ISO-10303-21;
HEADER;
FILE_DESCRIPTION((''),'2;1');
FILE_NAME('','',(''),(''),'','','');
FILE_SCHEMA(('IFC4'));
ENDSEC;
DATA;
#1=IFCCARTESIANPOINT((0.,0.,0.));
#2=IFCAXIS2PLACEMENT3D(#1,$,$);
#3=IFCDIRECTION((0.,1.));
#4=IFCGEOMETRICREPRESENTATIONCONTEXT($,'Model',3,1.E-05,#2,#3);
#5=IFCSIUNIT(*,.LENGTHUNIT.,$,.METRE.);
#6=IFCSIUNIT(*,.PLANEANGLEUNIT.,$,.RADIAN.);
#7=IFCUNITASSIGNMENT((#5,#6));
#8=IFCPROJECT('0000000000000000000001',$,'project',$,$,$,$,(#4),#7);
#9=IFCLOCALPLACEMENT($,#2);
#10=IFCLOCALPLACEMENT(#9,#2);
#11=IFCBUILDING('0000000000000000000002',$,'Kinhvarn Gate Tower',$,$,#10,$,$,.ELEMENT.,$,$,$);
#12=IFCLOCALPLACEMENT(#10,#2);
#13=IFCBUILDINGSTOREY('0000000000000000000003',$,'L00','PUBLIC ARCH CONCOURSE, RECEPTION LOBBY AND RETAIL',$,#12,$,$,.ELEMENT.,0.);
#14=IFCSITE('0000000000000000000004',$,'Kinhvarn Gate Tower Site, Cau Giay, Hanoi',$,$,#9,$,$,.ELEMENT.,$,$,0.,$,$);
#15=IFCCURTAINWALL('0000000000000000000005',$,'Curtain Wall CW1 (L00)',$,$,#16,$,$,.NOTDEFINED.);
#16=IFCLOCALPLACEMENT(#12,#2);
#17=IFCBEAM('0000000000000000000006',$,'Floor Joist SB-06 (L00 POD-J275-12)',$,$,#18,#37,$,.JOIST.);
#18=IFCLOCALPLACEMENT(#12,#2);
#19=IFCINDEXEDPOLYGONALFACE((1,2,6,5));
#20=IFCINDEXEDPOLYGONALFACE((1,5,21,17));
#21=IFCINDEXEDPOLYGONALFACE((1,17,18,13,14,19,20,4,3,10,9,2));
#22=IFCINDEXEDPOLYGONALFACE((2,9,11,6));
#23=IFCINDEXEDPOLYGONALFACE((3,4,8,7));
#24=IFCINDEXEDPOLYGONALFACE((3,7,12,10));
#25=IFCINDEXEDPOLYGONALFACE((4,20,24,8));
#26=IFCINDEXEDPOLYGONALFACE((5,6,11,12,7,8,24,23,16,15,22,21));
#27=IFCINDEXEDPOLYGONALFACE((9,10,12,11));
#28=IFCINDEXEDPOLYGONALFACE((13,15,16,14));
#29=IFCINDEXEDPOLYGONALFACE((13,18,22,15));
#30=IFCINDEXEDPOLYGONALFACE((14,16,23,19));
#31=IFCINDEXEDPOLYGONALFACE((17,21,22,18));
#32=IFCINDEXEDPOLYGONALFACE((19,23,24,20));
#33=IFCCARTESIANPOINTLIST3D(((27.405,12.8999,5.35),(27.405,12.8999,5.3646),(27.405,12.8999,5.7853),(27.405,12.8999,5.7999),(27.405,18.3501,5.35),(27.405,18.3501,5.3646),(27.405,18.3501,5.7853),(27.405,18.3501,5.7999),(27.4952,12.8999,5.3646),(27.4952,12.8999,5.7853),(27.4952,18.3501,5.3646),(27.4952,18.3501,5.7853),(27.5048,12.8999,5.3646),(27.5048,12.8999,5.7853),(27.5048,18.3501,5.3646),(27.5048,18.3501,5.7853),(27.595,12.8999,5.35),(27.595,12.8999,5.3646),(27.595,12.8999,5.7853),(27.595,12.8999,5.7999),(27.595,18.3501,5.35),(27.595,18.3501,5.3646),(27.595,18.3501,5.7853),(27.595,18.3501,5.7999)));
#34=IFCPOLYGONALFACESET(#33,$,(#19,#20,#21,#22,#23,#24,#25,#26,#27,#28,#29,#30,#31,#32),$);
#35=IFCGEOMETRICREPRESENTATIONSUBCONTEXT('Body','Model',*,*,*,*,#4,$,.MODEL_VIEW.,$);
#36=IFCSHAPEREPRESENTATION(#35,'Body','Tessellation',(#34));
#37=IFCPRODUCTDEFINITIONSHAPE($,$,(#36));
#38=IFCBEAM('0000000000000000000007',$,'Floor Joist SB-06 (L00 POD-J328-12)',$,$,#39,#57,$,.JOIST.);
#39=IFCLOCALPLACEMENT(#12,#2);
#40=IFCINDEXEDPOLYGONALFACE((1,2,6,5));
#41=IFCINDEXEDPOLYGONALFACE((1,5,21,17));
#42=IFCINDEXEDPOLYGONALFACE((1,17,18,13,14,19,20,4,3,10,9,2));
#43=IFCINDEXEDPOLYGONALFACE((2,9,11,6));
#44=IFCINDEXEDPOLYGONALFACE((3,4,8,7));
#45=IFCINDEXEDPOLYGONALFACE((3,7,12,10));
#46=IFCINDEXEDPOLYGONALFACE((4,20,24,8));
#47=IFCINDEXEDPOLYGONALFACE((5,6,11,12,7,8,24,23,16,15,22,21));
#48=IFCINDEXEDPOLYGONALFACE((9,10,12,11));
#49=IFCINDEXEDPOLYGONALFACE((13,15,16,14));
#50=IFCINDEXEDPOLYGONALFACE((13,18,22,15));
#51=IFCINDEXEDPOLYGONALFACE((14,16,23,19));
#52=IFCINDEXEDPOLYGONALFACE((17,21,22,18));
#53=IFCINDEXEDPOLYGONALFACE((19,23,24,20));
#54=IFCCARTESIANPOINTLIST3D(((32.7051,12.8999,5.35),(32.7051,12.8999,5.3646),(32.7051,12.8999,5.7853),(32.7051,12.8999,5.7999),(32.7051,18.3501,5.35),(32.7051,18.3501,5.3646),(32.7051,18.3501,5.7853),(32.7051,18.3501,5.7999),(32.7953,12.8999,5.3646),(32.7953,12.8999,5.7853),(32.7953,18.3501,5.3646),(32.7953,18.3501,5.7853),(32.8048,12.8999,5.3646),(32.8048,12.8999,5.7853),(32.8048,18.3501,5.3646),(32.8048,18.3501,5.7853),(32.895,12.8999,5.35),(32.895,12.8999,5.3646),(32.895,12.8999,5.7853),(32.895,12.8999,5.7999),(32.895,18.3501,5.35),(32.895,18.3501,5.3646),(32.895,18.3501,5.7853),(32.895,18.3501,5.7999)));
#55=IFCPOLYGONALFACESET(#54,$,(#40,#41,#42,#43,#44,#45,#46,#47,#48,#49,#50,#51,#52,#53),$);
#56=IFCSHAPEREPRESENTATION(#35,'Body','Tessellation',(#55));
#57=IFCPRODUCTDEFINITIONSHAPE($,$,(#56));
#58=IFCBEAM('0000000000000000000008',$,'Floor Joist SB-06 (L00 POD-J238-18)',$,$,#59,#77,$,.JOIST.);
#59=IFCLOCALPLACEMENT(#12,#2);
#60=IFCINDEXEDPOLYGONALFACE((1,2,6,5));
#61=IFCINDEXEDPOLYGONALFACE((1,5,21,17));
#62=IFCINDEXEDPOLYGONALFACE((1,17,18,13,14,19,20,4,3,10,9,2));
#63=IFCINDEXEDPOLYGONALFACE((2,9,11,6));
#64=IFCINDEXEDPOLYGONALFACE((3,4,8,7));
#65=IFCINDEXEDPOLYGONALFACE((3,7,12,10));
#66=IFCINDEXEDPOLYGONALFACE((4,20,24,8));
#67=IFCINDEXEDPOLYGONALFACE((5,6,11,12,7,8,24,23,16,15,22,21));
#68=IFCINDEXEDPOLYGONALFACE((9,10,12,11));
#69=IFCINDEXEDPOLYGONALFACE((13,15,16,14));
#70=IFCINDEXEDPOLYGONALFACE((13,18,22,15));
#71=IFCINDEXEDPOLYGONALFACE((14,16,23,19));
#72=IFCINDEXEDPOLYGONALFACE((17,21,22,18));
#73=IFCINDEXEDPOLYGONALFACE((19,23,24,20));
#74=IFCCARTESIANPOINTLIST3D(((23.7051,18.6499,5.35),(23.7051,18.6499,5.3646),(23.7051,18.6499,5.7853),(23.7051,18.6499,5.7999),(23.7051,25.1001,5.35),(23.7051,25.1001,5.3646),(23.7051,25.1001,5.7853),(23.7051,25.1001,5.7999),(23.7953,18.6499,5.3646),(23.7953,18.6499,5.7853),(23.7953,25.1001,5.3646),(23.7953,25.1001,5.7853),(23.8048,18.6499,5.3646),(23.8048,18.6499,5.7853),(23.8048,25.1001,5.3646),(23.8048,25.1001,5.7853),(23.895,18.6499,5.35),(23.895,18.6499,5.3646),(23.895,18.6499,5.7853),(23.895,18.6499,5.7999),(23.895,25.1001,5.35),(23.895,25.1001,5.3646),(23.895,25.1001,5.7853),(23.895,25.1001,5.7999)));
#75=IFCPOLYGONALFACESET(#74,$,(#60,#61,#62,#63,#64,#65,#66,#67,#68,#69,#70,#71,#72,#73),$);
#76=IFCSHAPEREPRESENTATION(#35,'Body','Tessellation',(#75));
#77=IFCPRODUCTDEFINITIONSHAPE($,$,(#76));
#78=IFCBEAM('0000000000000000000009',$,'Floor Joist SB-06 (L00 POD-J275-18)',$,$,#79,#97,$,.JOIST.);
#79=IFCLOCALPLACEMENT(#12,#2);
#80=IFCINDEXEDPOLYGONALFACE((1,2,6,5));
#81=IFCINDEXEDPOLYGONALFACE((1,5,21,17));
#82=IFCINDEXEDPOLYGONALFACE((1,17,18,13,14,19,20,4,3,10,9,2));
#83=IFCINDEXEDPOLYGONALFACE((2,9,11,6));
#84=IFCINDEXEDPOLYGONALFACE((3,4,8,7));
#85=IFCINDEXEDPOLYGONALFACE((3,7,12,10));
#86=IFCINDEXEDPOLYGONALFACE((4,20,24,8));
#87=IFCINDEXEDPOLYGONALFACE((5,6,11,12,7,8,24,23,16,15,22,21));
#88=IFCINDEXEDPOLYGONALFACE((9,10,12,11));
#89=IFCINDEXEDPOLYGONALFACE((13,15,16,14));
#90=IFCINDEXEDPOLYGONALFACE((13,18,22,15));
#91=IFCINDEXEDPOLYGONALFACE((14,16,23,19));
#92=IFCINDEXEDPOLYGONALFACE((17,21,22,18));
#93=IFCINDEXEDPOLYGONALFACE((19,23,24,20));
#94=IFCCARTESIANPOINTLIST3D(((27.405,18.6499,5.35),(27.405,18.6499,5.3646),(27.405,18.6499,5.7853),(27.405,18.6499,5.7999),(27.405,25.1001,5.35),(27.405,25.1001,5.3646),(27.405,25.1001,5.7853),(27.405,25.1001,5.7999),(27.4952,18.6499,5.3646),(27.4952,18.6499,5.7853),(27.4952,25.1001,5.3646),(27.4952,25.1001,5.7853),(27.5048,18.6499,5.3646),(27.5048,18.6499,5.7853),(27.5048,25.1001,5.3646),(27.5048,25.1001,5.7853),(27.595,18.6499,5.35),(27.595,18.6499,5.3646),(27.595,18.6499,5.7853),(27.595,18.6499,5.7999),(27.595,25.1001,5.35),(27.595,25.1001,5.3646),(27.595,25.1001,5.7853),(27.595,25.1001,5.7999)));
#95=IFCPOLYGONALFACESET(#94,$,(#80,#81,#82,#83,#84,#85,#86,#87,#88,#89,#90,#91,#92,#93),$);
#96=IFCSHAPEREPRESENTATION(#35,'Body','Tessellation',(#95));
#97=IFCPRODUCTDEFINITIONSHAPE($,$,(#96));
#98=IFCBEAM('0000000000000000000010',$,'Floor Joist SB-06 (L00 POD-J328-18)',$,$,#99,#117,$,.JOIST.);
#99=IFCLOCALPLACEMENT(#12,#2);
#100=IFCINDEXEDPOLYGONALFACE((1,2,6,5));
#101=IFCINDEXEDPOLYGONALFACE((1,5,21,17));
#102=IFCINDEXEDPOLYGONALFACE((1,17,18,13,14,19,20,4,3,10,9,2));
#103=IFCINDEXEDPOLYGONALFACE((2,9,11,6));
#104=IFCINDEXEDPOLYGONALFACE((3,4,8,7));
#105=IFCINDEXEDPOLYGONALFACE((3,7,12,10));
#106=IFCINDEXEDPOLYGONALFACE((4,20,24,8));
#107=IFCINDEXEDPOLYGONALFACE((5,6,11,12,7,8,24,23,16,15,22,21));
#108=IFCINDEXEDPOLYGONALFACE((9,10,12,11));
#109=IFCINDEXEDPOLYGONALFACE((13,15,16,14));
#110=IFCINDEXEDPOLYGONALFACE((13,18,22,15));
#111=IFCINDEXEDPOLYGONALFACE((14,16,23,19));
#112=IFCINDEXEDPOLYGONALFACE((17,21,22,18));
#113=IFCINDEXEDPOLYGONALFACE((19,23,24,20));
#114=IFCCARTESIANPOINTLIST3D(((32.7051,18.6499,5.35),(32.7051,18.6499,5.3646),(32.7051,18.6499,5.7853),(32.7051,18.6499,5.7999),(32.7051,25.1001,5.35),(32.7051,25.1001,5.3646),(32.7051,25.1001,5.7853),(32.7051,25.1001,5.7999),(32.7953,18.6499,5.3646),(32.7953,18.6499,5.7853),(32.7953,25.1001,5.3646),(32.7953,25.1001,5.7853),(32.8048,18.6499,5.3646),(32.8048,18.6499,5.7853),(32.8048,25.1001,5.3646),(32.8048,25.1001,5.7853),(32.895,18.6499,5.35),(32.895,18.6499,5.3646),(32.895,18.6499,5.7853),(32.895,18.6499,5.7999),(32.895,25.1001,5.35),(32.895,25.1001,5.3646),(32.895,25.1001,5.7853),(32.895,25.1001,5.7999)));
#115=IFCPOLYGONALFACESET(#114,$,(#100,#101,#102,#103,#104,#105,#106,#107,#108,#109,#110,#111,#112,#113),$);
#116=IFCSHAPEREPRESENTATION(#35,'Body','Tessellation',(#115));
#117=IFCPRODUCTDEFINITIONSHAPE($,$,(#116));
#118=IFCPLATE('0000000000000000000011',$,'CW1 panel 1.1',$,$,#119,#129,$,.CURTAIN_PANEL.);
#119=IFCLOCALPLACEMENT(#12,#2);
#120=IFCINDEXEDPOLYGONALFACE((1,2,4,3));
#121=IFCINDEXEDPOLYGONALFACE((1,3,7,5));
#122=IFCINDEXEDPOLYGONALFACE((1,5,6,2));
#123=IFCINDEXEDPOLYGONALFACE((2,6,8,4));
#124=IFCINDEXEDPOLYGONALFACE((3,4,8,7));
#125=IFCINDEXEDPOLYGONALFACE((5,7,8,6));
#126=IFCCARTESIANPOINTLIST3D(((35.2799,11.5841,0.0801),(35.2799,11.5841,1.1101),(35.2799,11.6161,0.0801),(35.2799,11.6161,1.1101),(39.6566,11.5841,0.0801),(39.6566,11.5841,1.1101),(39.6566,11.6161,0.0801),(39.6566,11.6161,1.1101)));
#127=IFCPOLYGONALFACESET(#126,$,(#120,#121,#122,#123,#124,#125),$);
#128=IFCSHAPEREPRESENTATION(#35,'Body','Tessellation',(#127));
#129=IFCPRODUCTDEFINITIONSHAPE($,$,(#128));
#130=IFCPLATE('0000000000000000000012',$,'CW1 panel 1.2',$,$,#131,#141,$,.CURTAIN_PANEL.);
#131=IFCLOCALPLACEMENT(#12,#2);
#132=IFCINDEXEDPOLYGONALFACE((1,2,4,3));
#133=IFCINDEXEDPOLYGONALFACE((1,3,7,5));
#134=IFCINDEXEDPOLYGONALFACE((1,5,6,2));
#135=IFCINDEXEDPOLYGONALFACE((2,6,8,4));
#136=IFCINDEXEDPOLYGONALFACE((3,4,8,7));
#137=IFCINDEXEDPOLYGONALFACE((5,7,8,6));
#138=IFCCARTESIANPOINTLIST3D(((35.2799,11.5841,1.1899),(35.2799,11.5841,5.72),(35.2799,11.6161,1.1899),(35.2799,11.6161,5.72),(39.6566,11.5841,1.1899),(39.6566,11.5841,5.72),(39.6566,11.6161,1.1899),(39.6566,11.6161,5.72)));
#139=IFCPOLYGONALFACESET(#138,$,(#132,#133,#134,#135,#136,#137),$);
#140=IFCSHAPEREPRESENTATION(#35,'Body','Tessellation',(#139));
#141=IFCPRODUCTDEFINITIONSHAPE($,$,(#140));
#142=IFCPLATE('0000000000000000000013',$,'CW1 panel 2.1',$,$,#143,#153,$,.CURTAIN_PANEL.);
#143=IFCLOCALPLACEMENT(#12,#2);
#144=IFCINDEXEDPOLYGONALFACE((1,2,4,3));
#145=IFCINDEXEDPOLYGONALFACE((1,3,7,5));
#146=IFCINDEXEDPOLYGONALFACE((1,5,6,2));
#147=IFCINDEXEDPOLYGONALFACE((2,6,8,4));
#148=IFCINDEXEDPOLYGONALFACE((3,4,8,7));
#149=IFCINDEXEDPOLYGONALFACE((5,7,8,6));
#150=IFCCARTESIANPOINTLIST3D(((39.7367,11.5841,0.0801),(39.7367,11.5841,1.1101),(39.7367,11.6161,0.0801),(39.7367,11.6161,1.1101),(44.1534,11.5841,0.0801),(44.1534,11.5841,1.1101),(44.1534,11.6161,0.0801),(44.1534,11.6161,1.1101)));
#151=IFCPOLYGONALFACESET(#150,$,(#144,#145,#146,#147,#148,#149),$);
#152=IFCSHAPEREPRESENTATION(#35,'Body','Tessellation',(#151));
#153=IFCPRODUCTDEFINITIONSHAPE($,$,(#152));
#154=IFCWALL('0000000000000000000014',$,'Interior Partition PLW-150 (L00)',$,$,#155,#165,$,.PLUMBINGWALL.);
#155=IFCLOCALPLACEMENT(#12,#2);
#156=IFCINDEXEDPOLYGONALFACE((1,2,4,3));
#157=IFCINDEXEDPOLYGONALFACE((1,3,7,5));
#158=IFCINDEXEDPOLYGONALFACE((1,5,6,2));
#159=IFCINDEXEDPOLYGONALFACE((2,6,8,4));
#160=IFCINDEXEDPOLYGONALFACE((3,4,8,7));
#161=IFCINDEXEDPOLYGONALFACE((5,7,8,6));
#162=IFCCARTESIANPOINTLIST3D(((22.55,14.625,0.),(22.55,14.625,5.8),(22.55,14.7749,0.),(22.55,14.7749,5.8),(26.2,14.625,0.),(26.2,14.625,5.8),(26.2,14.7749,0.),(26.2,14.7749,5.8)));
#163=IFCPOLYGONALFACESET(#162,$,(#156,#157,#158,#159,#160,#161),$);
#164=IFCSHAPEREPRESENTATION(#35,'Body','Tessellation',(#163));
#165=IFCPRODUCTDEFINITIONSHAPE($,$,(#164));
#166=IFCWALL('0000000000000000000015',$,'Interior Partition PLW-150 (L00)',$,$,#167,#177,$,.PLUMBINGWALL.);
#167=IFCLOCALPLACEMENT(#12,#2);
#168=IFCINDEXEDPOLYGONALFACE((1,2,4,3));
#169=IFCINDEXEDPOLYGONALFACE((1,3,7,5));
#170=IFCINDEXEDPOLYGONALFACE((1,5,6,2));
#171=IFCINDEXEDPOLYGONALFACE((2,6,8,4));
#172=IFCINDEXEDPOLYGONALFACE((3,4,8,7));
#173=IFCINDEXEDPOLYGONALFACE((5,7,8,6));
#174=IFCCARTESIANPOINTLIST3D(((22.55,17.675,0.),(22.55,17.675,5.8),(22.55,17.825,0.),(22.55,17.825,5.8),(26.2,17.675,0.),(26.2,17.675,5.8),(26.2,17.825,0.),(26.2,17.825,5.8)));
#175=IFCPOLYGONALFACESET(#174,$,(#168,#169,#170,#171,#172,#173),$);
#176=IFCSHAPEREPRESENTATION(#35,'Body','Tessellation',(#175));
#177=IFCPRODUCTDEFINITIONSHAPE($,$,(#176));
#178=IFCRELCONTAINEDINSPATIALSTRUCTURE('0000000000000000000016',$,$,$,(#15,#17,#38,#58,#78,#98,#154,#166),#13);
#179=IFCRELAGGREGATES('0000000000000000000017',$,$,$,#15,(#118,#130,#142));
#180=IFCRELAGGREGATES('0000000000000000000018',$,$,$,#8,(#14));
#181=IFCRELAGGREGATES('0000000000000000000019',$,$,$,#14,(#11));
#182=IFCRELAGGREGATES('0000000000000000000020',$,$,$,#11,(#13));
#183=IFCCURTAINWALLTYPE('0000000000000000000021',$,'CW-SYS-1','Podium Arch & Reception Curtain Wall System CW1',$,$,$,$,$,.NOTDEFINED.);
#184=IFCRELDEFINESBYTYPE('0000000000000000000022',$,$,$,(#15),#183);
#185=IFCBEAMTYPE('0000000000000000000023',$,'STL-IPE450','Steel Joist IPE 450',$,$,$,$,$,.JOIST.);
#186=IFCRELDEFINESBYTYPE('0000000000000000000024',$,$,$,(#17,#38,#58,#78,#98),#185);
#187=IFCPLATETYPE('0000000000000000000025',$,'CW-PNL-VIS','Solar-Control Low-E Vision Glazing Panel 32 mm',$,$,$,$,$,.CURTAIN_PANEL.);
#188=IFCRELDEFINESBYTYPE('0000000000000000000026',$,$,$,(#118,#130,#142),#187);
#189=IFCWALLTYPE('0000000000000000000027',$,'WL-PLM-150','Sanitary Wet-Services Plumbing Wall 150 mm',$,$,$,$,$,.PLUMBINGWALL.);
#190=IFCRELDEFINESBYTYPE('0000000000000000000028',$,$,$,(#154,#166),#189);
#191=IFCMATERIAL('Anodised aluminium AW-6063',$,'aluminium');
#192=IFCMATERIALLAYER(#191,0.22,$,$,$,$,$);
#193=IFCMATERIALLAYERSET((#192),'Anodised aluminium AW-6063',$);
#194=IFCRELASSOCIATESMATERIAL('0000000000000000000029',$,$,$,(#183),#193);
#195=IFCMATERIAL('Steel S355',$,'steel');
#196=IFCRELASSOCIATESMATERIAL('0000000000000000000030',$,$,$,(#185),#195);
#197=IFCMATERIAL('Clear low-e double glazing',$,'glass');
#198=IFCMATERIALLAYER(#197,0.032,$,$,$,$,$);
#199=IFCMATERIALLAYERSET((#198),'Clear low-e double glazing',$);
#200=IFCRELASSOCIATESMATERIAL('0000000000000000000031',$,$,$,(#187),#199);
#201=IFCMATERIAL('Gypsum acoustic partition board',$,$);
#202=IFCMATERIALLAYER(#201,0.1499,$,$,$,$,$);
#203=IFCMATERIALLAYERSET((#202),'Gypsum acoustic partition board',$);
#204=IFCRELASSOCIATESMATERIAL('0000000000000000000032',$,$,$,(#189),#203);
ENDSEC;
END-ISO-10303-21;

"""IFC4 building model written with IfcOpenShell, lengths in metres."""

from ifc_helpers import new_model, si_unit, direction, frame, frame_2d, origin, origin_2d, place, context, subcontext, project, spatial, rectangle, i_section, extrude, material, layer, layer_set, material_profile, profile_set, type_object, element, aggregate, save


model = new_model("IFC4")

# Units and contexts
model_context = context("Model", 3, precision=1e-05, world=origin(), true_north=direction((0.0, 1.0)))
body_context = subcontext(model_context, "Body", "Model", "MODEL_VIEW")
ifc_project = project(units=[si_unit("LENGTHUNIT", "METRE"), si_unit("PLANEANGLEUNIT", "RADIAN")], contexts=[model_context])

# Site, building, storey
site_placement = place(None, origin())
site = spatial("IfcSite", under=ifc_project, at=site_placement, Name="Kinhvarn Gate Tower Site, Cau Giay, Hanoi", CompositionType="ELEMENT", RefElevation=0.0)
building_placement = place(site_placement, origin())
building = spatial("IfcBuilding", under=site, at=building_placement, Name="Kinhvarn Gate Tower", CompositionType="ELEMENT")
storey_placement = place(building_placement, origin())
storey = spatial("IfcBuildingStorey", under=building, at=storey_placement, Name="L00", Description="PUBLIC ARCH CONCOURSE, RECEPTION LOBBY AND RETAIL", CompositionType="ELEMENT", Elevation=0.0)

# Curtain wall
ifc_material_1 = material(Name="Anodised aluminium AW-6063", Category="aluminium")
ifc_layer_1 = layer(ifc_material_1, 0.22)
ifc_layer_set_1 = layer_set([ifc_layer_1], Name="Anodised aluminium AW-6063")
curtain_wall_type = type_object("IfcCurtainWallType", Name="CW-SYS-1", Description="Podium Arch & Reception Curtain Wall System CW1", PredefinedType="NOTDEFINED", material=ifc_layer_set_1)
curtain_wall_placement = place(storey_placement, origin())
curtain_wall = element("IfcCurtainWall", 1, at=curtain_wall_placement, inside=storey, type_object=curtain_wall_type, Name="Curtain Wall CW1 (L00)", PredefinedType="NOTDEFINED")

# Beams
ifc_material_2 = material(Name="Steel S355", Category="steel")
ifc_material_profile_1 = material_profile(ifc_material_2, i_section(OverallWidth=0.1899, OverallDepth=0.45, WebThickness=0.0095, FlangeThickness=0.0146, at=origin_2d()), Name="IPE 450")
ifc_profile_set_1 = profile_set([ifc_material_profile_1], Name="Steel S355")
beam_type_1 = type_object("IfcBeamType", Name="STL-IPE450", Description="Steel Joist IPE 450", PredefinedType="JOIST", material=ifc_profile_set_1)
for number, where, z_axis, x_axis, name in (
    (2, (27.5, 12.8999, 5.575), (0.0, 1.0, 0.0), (-1.0, 0.0, 0.0), "Floor Joist SB-06 (L00 POD-J275-12)"),
    (3, (32.8, 12.8999, 5.575), (0.0, 1.0, 0.0), (-1.0, 0.0, 0.0), "Floor Joist SB-06 (L00 POD-J328-12)"),
):
    element("IfcBeam", number, at=place(storey_placement, frame(where, z_axis=z_axis, x_axis=x_axis)), inside=storey, type_object=beam_type_1, Name=name, PredefinedType="JOIST", context=body_context, shape_type="SweptSolid", body=[
        extrude(i_section(OverallWidth=0.1899, OverallDepth=0.45, WebThickness=0.0095, FlangeThickness=0.0146, at=origin_2d()), origin(), (0.0, 0.0, 1.0), 5.4502),
    ])
for number, where, z_axis, x_axis, name in (
    (4, (23.8, 18.6499, 5.575), (0.0, 1.0, 0.0), (-1.0, 0.0, 0.0), "Floor Joist SB-06 (L00 POD-J238-18)"),
    (5, (27.5, 18.6499, 5.575), (0.0, 1.0, 0.0), (-1.0, 0.0, 0.0), "Floor Joist SB-06 (L00 POD-J275-18)"),
    (6, (32.8, 18.6499, 5.575), (0.0, 1.0, 0.0), (-1.0, 0.0, 0.0), "Floor Joist SB-06 (L00 POD-J328-18)"),
):
    element("IfcBeam", number, at=place(storey_placement, frame(where, z_axis=z_axis, x_axis=x_axis)), inside=storey, type_object=beam_type_1, Name=name, PredefinedType="JOIST", context=body_context, shape_type="SweptSolid", body=[
        extrude(i_section(OverallWidth=0.1899, OverallDepth=0.45, WebThickness=0.0095, FlangeThickness=0.0146, at=origin_2d()), origin(), (0.0, 0.0, 1.0), 6.4502),
    ])

# Plates
ifc_material_3 = material(Name="Clear low-e double glazing", Category="glass")
ifc_layer_2 = layer(ifc_material_3, 0.032)
ifc_layer_set_2 = layer_set([ifc_layer_2], Name="Clear low-e double glazing")
plate_type = type_object("IfcPlateType", Name="CW-PNL-VIS", Description="Solar-Control Low-E Vision Glazing Panel 32 mm", PredefinedType="CURTAIN_PANEL", material=ifc_layer_set_2)
plate_1_placement = place(storey_placement, frame((37.4683, 11.6001, 0.0801), z_axis=(0.0, 0.0, 1.0), x_axis=(1.0, 0.0, 0.0)))
plate_1 = element("IfcPlate", 7, at=plate_1_placement, type_object=plate_type, Name="CW1 panel 1.1", PredefinedType="CURTAIN_PANEL", context=body_context, shape_type="SweptSolid", body=[
    extrude(rectangle(XDim=4.3767, YDim=0.032, at=origin_2d()), origin(), (0.0, 0.0, 1.0), 1.03),
])
plate_2_placement = place(storey_placement, frame((37.4683, 11.6001, 1.1899), z_axis=(0.0, 0.0, 1.0), x_axis=(1.0, 0.0, 0.0)))
plate_2 = element("IfcPlate", 8, at=plate_2_placement, type_object=plate_type, Name="CW1 panel 1.2", PredefinedType="CURTAIN_PANEL", context=body_context, shape_type="SweptSolid", body=[
    extrude(rectangle(XDim=4.3767, YDim=0.032, at=origin_2d()), origin(), (0.0, 0.0, 1.0), 4.53),
])
plate_3_placement = place(storey_placement, frame((41.9451, 11.6001, 0.0801), z_axis=(0.0, 0.0, 1.0), x_axis=(1.0, 0.0, 0.0)))
plate_3 = element("IfcPlate", 9, at=plate_3_placement, type_object=plate_type, Name="CW1 panel 2.1", PredefinedType="CURTAIN_PANEL", context=body_context, shape_type="SweptSolid", body=[
    extrude(rectangle(XDim=4.4167, YDim=0.032, at=origin_2d()), origin(), (0.0, 0.0, 1.0), 1.03),
])
aggregate(curtain_wall, [plate_1, plate_2, plate_3])

# Walls
ifc_material_4 = material(Name="Gypsum acoustic partition board")
ifc_layer_3 = layer(ifc_material_4, 0.1499)
ifc_layer_set_3 = layer_set([ifc_layer_3], Name="Gypsum acoustic partition board")
wall_type_1 = type_object("IfcWallType", Name="WL-PLM-150", Description="Sanitary Wet-Services Plumbing Wall 150 mm", PredefinedType="PLUMBINGWALL", material=ifc_layer_set_3)
for number, where, z_axis, x_axis, name in (
    (10, (22.55, 14.7, 0.0), (0.0, 0.0, 1.0), (1.0, 0.0, 0.0), "Interior Partition PLW-150 (L00)"),
    (11, (22.55, 17.75, 0.0), (0.0, 0.0, 1.0), (1.0, 0.0, 0.0), "Interior Partition PLW-150 (L00)"),
):
    element("IfcWall", number, at=place(storey_placement, frame(where, z_axis=z_axis, x_axis=x_axis)), inside=storey, type_object=wall_type_1, Name=name, PredefinedType="PLUMBINGWALL", context=body_context, shape_type="SweptSolid", body=[
        extrude(rectangle(XDim=3.6499, YDim=0.1499, at=frame_2d((1.825, 0.0))), origin(), (0.0, 0.0, 1.0), 5.8),
    ])

save(model, "model.ifc")
